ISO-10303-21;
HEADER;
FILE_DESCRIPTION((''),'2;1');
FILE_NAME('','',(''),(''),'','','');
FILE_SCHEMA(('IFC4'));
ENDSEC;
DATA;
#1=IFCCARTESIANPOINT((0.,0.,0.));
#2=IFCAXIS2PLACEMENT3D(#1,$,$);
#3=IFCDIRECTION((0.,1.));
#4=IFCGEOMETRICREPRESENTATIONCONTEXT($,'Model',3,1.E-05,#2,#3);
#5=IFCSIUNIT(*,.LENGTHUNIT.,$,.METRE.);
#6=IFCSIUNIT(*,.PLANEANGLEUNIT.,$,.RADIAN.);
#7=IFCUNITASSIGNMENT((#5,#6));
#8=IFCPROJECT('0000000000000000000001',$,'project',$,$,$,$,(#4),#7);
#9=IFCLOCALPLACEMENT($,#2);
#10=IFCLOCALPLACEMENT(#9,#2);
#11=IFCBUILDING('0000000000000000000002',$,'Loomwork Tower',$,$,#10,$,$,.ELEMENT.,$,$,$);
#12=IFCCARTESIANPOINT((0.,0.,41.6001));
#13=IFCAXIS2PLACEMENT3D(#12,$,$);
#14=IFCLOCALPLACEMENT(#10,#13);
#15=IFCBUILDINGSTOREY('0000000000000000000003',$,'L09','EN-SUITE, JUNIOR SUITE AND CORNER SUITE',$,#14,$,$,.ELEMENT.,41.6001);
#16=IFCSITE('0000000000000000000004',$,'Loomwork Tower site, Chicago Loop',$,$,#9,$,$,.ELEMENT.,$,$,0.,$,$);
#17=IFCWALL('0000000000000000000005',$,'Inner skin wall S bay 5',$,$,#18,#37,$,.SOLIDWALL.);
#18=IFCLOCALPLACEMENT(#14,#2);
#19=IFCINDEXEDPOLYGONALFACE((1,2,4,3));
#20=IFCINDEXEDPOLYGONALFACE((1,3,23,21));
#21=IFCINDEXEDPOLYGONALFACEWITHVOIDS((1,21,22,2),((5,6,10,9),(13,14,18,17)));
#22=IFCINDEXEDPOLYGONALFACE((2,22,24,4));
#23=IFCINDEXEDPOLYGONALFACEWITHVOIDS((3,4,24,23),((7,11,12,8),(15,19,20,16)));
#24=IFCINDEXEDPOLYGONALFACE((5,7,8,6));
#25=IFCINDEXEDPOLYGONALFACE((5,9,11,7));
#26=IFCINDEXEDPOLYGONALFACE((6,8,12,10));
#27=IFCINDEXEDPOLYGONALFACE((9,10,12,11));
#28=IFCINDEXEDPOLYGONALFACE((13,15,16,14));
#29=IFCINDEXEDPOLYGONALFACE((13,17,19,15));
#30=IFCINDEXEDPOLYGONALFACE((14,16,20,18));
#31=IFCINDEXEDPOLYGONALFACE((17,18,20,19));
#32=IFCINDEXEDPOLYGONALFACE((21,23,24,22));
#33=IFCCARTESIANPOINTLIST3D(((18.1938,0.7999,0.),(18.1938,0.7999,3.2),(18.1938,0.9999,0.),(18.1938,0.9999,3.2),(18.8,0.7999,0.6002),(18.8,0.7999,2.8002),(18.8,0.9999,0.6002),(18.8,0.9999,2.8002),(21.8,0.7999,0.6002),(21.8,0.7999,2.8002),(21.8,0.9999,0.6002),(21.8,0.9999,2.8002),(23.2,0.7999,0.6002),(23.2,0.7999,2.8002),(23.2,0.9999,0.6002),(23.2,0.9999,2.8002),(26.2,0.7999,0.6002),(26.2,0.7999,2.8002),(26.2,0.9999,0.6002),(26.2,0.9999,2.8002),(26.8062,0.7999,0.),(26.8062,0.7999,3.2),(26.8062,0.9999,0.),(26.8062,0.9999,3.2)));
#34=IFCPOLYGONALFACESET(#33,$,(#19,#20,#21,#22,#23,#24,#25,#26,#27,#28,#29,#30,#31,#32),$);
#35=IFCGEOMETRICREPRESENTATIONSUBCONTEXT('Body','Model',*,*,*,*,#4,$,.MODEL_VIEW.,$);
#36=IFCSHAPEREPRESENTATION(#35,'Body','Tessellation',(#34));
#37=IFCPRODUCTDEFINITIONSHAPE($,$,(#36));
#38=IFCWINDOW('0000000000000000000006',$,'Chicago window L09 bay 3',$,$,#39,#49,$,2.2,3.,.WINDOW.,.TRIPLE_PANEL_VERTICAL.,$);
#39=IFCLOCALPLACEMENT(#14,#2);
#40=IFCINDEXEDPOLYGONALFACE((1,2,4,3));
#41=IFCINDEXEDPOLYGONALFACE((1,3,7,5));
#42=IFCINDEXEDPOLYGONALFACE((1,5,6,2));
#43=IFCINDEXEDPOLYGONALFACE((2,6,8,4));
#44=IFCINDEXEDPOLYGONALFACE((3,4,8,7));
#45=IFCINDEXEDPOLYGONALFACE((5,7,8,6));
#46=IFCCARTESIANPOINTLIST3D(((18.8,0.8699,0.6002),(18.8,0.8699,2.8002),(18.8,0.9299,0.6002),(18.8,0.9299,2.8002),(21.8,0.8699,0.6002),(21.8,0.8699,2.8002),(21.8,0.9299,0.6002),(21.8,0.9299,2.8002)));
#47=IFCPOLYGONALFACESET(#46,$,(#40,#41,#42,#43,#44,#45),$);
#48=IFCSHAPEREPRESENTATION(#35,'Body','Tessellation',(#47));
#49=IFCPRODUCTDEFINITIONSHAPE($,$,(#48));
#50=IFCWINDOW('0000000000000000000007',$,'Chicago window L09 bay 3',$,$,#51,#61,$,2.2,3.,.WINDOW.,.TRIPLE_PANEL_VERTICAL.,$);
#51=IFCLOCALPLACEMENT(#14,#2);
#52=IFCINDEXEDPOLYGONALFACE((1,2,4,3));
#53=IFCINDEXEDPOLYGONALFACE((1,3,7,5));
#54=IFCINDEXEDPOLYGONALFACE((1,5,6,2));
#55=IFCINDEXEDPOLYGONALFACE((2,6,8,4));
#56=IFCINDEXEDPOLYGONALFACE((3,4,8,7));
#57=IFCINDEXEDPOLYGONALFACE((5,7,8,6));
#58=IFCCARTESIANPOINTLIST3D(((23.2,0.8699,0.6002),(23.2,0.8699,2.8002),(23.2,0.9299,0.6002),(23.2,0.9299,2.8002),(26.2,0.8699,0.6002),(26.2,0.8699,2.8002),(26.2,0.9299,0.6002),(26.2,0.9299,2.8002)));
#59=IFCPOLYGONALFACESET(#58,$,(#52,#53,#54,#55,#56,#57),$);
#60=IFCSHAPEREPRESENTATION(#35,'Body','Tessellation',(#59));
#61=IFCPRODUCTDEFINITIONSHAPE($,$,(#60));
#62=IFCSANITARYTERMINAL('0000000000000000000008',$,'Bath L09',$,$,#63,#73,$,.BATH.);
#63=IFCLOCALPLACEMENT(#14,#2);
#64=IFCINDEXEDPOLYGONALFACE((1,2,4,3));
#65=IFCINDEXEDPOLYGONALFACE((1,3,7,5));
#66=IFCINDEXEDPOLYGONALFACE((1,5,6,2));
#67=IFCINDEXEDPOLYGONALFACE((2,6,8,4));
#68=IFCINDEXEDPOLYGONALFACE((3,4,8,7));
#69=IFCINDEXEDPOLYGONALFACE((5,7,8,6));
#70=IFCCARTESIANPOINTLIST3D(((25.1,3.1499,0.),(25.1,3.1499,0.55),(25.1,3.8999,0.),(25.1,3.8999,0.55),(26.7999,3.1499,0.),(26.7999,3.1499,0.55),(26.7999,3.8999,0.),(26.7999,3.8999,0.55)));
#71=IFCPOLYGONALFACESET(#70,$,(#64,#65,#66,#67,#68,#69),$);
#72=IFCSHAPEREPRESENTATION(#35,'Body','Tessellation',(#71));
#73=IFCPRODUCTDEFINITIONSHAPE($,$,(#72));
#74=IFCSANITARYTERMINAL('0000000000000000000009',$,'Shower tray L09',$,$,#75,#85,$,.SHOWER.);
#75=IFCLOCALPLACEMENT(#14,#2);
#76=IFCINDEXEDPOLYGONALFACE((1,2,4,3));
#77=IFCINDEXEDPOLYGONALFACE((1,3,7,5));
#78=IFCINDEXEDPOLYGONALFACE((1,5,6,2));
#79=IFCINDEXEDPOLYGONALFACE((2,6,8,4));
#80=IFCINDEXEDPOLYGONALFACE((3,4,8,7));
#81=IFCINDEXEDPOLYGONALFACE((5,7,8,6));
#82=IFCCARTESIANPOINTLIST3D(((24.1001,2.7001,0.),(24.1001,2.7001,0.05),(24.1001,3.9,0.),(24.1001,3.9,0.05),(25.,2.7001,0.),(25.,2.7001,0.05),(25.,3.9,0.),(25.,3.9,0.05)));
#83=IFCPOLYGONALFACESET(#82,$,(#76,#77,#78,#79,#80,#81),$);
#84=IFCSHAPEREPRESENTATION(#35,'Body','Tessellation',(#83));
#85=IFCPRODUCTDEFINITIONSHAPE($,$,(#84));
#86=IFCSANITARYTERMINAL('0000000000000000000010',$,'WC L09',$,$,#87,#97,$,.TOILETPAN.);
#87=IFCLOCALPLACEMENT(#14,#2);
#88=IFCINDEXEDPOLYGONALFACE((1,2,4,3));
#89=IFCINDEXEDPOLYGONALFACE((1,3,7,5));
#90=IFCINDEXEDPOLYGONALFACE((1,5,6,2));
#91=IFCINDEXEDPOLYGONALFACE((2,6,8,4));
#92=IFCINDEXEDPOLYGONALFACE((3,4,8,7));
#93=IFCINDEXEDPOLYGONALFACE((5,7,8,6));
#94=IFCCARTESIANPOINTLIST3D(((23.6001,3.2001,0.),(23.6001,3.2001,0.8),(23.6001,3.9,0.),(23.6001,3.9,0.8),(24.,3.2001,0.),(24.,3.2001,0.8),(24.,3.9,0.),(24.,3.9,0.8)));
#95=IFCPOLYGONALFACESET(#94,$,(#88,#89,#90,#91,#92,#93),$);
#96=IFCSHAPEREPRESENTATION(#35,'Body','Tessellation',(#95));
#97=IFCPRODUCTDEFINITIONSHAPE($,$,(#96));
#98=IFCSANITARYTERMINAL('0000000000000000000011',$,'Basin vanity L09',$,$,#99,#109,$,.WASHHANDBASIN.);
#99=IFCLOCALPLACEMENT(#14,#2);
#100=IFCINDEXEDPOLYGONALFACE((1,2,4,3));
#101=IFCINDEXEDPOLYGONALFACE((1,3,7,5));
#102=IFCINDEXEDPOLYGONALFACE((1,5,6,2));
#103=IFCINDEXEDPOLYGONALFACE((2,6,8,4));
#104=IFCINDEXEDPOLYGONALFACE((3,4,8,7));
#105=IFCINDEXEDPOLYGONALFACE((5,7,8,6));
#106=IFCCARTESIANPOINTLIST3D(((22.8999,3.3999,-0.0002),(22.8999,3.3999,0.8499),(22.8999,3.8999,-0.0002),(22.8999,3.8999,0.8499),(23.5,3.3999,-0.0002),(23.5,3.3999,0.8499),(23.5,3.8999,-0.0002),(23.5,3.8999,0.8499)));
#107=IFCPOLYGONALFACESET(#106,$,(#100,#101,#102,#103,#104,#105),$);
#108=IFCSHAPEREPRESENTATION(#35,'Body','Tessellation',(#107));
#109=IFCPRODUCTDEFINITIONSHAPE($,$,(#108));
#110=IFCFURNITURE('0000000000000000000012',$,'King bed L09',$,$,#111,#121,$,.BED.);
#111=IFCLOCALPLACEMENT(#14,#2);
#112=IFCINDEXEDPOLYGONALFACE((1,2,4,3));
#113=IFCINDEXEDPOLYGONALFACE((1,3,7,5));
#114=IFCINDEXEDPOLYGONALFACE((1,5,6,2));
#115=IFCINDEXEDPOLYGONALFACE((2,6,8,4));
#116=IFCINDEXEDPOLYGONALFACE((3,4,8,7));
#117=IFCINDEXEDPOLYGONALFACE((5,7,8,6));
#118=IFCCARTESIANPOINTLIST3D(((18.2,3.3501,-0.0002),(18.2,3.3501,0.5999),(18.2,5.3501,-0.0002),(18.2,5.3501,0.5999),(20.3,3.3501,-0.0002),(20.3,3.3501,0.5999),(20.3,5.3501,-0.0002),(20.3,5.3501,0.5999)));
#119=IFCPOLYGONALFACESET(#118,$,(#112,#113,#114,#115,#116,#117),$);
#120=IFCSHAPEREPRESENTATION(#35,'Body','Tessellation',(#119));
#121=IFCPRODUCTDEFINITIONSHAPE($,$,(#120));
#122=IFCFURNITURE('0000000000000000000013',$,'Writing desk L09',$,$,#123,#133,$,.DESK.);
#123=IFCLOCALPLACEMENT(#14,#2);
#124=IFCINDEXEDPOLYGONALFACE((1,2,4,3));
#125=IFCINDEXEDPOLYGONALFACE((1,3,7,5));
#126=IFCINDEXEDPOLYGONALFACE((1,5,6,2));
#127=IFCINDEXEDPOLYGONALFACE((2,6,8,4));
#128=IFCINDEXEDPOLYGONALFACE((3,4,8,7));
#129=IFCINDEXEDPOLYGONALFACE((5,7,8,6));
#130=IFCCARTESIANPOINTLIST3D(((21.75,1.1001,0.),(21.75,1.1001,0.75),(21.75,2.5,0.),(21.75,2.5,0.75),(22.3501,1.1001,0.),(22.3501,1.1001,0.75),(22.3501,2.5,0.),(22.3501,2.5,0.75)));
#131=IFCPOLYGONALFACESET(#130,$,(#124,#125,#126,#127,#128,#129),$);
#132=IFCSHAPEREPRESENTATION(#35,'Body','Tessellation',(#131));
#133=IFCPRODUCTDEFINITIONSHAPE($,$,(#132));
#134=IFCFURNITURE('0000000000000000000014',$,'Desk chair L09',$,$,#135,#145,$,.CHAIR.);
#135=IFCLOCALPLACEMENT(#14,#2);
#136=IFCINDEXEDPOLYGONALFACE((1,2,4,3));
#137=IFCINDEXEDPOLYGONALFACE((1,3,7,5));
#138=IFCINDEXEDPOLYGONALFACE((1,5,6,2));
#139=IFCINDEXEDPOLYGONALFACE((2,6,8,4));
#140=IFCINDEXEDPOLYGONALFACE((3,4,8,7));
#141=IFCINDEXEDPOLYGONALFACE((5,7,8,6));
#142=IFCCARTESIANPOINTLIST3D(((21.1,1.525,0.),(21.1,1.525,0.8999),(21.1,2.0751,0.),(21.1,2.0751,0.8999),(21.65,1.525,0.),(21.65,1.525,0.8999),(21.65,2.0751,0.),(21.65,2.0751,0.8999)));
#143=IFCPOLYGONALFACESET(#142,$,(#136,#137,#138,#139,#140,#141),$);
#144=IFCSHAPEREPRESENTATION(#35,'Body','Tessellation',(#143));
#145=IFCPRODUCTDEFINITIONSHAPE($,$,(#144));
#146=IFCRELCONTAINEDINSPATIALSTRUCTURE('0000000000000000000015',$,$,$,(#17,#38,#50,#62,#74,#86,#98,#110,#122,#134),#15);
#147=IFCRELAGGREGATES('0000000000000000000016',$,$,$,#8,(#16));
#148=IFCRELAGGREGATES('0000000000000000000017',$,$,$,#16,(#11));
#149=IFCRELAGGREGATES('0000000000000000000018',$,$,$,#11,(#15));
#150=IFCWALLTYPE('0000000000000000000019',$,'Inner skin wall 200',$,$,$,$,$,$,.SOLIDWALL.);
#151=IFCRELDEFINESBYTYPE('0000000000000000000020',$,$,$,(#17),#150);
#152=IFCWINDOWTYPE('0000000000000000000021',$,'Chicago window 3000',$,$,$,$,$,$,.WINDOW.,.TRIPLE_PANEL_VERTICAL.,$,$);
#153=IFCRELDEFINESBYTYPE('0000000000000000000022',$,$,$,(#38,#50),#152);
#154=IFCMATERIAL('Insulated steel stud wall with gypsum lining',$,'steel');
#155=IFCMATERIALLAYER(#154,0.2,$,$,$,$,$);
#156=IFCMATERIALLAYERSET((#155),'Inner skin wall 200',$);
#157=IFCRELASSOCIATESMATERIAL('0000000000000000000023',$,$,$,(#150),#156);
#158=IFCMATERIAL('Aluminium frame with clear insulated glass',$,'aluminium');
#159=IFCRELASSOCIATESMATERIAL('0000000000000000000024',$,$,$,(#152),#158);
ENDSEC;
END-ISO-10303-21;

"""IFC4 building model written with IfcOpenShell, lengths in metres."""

from ifc_helpers import new_model, si_unit, direction, frame, frame_2d, origin, origin_2d, place, context, subcontext, project, spatial, rectangle, extrude, material, layer, layer_set, type_object, element, fill, save


model = new_model("IFC4")

# Units and contexts
model_context = context("Model", 3, precision=1e-05, world=origin(), true_north=direction((0.0, 1.0)))
body_context = subcontext(model_context, "Body", "Model", "MODEL_VIEW")
ifc_project = project(units=[si_unit("LENGTHUNIT", "METRE"), si_unit("PLANEANGLEUNIT", "RADIAN")], contexts=[model_context])

# Site, building, storey
site_placement = place(None, origin())
site = spatial("IfcSite", under=ifc_project, at=site_placement, Name="Loomwork Tower site, Chicago Loop", CompositionType="ELEMENT", RefElevation=0.0)
building_placement = place(site_placement, origin())
building = spatial("IfcBuilding", under=site, at=building_placement, Name="Loomwork Tower", CompositionType="ELEMENT")
storey_placement = place(building_placement, frame((0.0, 0.0, 41.6001)))
storey = spatial("IfcBuildingStorey", under=building, at=storey_placement, Name="L09", Description="EN-SUITE, JUNIOR SUITE AND CORNER SUITE", CompositionType="ELEMENT", Elevation=41.6001)

# Wall, openings, windows
ifc_material_1 = material(Name="Insulated steel stud wall with gypsum lining", Category="steel")
ifc_layer_1 = layer(ifc_material_1, 0.2)
ifc_layer_set_1 = layer_set([ifc_layer_1], Name="Inner skin wall 200")
wall_type_1 = type_object("IfcWallType", Name="Inner skin wall 200", PredefinedType="SOLIDWALL", material=ifc_layer_set_1)
wall_1_placement = place(storey_placement, frame((18.1938, 0.8999, 0.0), z_axis=(0.0, 0.0, 1.0), x_axis=(1.0, 0.0, 0.0)))
wall_1 = element("IfcWall", 1, at=wall_1_placement, inside=storey, type_object=wall_type_1, Name="Inner skin wall S bay 5", PredefinedType="SOLIDWALL", context=body_context, shape_type="SweptSolid", body=[
    extrude(rectangle(XDim=8.6123, YDim=0.2, at=frame_2d((4.3062, 0.0))), origin(), (0.0, 0.0, 1.0), 3.2),
])
opening_1_placement = place(wall_1_placement, frame((0.6062, 0.0, 0.6001)))
opening_1 = element("IfcOpeningElement", 2, at=opening_1_placement, cuts=wall_1, PredefinedType="OPENING", context=body_context, shape_type="SweptSolid", body=[
    extrude(rectangle(XDim=3.0, YDim=2.2, at=frame_2d((1.5, 1.1001))), frame((0.0, 0.1099, 0.0), z_axis=(0.0, -1.0, 0.0), x_axis=(1.0, 0.0, 0.0)), (0.0, 0.0, 1.0), 0.22),
])
opening_2_placement = place(wall_1_placement, frame((5.0061, 0.0, 0.6001)))
opening_2 = element("IfcOpeningElement", 3, at=opening_2_placement, cuts=wall_1, PredefinedType="OPENING", context=body_context, shape_type="SweptSolid", body=[
    extrude(rectangle(XDim=3.0, YDim=2.2, at=frame_2d((1.5, 1.1001))), frame((0.0, 0.1099, 0.0), z_axis=(0.0, -1.0, 0.0), x_axis=(1.0, 0.0, 0.0)), (0.0, 0.0, 1.0), 0.22),
])
ifc_material_2 = material(Name="Aluminium frame with clear insulated glass", Category="aluminium")
window_type = type_object("IfcWindowType", Name="Chicago window 3000", PartitioningType="TRIPLE_PANEL_VERTICAL", PredefinedType="WINDOW", material=ifc_material_2)
window_1_placement = place(opening_1_placement, origin())
window_1 = element("IfcWindow", 4, at=window_1_placement, inside=storey, type_object=window_type, Name="Chicago window L09 bay 3", OverallHeight=2.2, OverallWidth=3.0, PartitioningType="TRIPLE_PANEL_VERTICAL", PredefinedType="WINDOW", context=body_context, shape_type="SweptSolid", body=[
    extrude(rectangle(XDim=3.0, YDim=2.2, at=frame_2d((1.5, 1.1001))), frame((0.0, 0.03, 0.0), z_axis=(0.0, -1.0, 0.0), x_axis=(1.0, 0.0, 0.0)), (0.0, 0.0, 1.0), 0.0601),
])
fill(opening_1, window_1)
window_2_placement = place(opening_2_placement, origin())
window_2 = element("IfcWindow", 5, at=window_2_placement, inside=storey, type_object=window_type, Name="Chicago window L09 bay 3", OverallHeight=2.2, OverallWidth=3.0, PartitioningType="TRIPLE_PANEL_VERTICAL", PredefinedType="WINDOW", context=body_context, shape_type="SweptSolid", body=[
    extrude(rectangle(XDim=3.0, YDim=2.2, at=frame_2d((1.5, 1.1001))), frame((0.0, 0.03, 0.0), z_axis=(0.0, -1.0, 0.0), x_axis=(1.0, 0.0, 0.0)), (0.0, 0.0, 1.0), 0.0601),
])
fill(opening_2, window_2)

# Sanitary terminals
sanitary_terminal_1_placement = place(storey_placement, frame((25.95, 3.5249, 0.0), z_axis=(0.0, 0.0, 1.0), x_axis=(1.0, 0.0, 0.0)))
element("IfcSanitaryTerminal", 6, at=sanitary_terminal_1_placement, inside=storey, Name="Bath L09", PredefinedType="BATH", context=body_context, shape_type="SweptSolid", body=[
    extrude(rectangle(XDim=1.7, YDim=0.75, at=origin_2d()), origin(), (0.0, 0.0, 1.0), 0.55),
])
sanitary_terminal_2_placement = place(storey_placement, frame((24.55, 3.3, 0.0), z_axis=(0.0, 0.0, 1.0), x_axis=(1.0, 0.0, 0.0)))
element("IfcSanitaryTerminal", 7, at=sanitary_terminal_2_placement, inside=storey, Name="Shower tray L09", PredefinedType="SHOWER", context=body_context, shape_type="SweptSolid", body=[
    extrude(rectangle(XDim=0.8999, YDim=1.2, at=origin_2d()), origin(), (0.0, 0.0, 1.0), 0.05),
])
sanitary_terminal_3_placement = place(storey_placement, frame((23.8, 3.55, 0.0), z_axis=(0.0, 0.0, 1.0), x_axis=(1.0, 0.0, 0.0)))
element("IfcSanitaryTerminal", 8, at=sanitary_terminal_3_placement, inside=storey, Name="WC L09", PredefinedType="TOILETPAN", context=body_context, shape_type="SweptSolid", body=[
    extrude(rectangle(XDim=0.3999, YDim=0.7, at=origin_2d()), origin(), (0.0, 0.0, 1.0), 0.8),
])
sanitary_terminal_4_placement = place(storey_placement, frame((23.2, 3.6499, -0.0002), z_axis=(0.0, 0.0, 1.0), x_axis=(1.0, 0.0, 0.0)))
element("IfcSanitaryTerminal", 9, at=sanitary_terminal_4_placement, inside=storey, Name="Basin vanity L09", PredefinedType="WASHHANDBASIN", context=body_context, shape_type="SweptSolid", body=[
    extrude(rectangle(XDim=0.6001, YDim=0.5, at=origin_2d()), origin(), (0.0, 0.0, 1.0), 0.8501),
])

# Furniture
furniture_1_placement = place(storey_placement, frame((19.25, 4.3501, -0.0002), z_axis=(0.0, 0.0, 1.0), x_axis=(1.0, 0.0, 0.0)))
element("IfcFurniture", 10, at=furniture_1_placement, inside=storey, Name="King bed L09", PredefinedType="BED", context=body_context, shape_type="SweptSolid", body=[
    extrude(rectangle(XDim=2.1001, YDim=2.0, at=origin_2d()), origin(), (0.0, 0.0, 1.0), 0.6001),
])
furniture_2_placement = place(storey_placement, frame((22.05, 1.8, 0.0), z_axis=(0.0, 0.0, 1.0), x_axis=(1.0, 0.0, 0.0)))
element("IfcFurniture", 11, at=furniture_2_placement, inside=storey, Name="Writing desk L09", PredefinedType="DESK", context=body_context, shape_type="SweptSolid", body=[
    extrude(rectangle(XDim=0.6001, YDim=1.3999, at=origin_2d()), origin(), (0.0, 0.0, 1.0), 0.75),
])
furniture_3_placement = place(storey_placement, frame((21.375, 1.8, 0.0), z_axis=(0.0, 0.0, 1.0), x_axis=(1.0, 0.0, 0.0)))
element("IfcFurniture", 12, at=furniture_3_placement, inside=storey, Name="Desk chair L09", PredefinedType="CHAIR", context=body_context, shape_type="SweptSolid", body=[
    extrude(rectangle(XDim=0.55, YDim=0.55, at=origin_2d()), origin(), (0.0, 0.0, 1.0), 0.8999),
])

save(model, "model.ifc")
